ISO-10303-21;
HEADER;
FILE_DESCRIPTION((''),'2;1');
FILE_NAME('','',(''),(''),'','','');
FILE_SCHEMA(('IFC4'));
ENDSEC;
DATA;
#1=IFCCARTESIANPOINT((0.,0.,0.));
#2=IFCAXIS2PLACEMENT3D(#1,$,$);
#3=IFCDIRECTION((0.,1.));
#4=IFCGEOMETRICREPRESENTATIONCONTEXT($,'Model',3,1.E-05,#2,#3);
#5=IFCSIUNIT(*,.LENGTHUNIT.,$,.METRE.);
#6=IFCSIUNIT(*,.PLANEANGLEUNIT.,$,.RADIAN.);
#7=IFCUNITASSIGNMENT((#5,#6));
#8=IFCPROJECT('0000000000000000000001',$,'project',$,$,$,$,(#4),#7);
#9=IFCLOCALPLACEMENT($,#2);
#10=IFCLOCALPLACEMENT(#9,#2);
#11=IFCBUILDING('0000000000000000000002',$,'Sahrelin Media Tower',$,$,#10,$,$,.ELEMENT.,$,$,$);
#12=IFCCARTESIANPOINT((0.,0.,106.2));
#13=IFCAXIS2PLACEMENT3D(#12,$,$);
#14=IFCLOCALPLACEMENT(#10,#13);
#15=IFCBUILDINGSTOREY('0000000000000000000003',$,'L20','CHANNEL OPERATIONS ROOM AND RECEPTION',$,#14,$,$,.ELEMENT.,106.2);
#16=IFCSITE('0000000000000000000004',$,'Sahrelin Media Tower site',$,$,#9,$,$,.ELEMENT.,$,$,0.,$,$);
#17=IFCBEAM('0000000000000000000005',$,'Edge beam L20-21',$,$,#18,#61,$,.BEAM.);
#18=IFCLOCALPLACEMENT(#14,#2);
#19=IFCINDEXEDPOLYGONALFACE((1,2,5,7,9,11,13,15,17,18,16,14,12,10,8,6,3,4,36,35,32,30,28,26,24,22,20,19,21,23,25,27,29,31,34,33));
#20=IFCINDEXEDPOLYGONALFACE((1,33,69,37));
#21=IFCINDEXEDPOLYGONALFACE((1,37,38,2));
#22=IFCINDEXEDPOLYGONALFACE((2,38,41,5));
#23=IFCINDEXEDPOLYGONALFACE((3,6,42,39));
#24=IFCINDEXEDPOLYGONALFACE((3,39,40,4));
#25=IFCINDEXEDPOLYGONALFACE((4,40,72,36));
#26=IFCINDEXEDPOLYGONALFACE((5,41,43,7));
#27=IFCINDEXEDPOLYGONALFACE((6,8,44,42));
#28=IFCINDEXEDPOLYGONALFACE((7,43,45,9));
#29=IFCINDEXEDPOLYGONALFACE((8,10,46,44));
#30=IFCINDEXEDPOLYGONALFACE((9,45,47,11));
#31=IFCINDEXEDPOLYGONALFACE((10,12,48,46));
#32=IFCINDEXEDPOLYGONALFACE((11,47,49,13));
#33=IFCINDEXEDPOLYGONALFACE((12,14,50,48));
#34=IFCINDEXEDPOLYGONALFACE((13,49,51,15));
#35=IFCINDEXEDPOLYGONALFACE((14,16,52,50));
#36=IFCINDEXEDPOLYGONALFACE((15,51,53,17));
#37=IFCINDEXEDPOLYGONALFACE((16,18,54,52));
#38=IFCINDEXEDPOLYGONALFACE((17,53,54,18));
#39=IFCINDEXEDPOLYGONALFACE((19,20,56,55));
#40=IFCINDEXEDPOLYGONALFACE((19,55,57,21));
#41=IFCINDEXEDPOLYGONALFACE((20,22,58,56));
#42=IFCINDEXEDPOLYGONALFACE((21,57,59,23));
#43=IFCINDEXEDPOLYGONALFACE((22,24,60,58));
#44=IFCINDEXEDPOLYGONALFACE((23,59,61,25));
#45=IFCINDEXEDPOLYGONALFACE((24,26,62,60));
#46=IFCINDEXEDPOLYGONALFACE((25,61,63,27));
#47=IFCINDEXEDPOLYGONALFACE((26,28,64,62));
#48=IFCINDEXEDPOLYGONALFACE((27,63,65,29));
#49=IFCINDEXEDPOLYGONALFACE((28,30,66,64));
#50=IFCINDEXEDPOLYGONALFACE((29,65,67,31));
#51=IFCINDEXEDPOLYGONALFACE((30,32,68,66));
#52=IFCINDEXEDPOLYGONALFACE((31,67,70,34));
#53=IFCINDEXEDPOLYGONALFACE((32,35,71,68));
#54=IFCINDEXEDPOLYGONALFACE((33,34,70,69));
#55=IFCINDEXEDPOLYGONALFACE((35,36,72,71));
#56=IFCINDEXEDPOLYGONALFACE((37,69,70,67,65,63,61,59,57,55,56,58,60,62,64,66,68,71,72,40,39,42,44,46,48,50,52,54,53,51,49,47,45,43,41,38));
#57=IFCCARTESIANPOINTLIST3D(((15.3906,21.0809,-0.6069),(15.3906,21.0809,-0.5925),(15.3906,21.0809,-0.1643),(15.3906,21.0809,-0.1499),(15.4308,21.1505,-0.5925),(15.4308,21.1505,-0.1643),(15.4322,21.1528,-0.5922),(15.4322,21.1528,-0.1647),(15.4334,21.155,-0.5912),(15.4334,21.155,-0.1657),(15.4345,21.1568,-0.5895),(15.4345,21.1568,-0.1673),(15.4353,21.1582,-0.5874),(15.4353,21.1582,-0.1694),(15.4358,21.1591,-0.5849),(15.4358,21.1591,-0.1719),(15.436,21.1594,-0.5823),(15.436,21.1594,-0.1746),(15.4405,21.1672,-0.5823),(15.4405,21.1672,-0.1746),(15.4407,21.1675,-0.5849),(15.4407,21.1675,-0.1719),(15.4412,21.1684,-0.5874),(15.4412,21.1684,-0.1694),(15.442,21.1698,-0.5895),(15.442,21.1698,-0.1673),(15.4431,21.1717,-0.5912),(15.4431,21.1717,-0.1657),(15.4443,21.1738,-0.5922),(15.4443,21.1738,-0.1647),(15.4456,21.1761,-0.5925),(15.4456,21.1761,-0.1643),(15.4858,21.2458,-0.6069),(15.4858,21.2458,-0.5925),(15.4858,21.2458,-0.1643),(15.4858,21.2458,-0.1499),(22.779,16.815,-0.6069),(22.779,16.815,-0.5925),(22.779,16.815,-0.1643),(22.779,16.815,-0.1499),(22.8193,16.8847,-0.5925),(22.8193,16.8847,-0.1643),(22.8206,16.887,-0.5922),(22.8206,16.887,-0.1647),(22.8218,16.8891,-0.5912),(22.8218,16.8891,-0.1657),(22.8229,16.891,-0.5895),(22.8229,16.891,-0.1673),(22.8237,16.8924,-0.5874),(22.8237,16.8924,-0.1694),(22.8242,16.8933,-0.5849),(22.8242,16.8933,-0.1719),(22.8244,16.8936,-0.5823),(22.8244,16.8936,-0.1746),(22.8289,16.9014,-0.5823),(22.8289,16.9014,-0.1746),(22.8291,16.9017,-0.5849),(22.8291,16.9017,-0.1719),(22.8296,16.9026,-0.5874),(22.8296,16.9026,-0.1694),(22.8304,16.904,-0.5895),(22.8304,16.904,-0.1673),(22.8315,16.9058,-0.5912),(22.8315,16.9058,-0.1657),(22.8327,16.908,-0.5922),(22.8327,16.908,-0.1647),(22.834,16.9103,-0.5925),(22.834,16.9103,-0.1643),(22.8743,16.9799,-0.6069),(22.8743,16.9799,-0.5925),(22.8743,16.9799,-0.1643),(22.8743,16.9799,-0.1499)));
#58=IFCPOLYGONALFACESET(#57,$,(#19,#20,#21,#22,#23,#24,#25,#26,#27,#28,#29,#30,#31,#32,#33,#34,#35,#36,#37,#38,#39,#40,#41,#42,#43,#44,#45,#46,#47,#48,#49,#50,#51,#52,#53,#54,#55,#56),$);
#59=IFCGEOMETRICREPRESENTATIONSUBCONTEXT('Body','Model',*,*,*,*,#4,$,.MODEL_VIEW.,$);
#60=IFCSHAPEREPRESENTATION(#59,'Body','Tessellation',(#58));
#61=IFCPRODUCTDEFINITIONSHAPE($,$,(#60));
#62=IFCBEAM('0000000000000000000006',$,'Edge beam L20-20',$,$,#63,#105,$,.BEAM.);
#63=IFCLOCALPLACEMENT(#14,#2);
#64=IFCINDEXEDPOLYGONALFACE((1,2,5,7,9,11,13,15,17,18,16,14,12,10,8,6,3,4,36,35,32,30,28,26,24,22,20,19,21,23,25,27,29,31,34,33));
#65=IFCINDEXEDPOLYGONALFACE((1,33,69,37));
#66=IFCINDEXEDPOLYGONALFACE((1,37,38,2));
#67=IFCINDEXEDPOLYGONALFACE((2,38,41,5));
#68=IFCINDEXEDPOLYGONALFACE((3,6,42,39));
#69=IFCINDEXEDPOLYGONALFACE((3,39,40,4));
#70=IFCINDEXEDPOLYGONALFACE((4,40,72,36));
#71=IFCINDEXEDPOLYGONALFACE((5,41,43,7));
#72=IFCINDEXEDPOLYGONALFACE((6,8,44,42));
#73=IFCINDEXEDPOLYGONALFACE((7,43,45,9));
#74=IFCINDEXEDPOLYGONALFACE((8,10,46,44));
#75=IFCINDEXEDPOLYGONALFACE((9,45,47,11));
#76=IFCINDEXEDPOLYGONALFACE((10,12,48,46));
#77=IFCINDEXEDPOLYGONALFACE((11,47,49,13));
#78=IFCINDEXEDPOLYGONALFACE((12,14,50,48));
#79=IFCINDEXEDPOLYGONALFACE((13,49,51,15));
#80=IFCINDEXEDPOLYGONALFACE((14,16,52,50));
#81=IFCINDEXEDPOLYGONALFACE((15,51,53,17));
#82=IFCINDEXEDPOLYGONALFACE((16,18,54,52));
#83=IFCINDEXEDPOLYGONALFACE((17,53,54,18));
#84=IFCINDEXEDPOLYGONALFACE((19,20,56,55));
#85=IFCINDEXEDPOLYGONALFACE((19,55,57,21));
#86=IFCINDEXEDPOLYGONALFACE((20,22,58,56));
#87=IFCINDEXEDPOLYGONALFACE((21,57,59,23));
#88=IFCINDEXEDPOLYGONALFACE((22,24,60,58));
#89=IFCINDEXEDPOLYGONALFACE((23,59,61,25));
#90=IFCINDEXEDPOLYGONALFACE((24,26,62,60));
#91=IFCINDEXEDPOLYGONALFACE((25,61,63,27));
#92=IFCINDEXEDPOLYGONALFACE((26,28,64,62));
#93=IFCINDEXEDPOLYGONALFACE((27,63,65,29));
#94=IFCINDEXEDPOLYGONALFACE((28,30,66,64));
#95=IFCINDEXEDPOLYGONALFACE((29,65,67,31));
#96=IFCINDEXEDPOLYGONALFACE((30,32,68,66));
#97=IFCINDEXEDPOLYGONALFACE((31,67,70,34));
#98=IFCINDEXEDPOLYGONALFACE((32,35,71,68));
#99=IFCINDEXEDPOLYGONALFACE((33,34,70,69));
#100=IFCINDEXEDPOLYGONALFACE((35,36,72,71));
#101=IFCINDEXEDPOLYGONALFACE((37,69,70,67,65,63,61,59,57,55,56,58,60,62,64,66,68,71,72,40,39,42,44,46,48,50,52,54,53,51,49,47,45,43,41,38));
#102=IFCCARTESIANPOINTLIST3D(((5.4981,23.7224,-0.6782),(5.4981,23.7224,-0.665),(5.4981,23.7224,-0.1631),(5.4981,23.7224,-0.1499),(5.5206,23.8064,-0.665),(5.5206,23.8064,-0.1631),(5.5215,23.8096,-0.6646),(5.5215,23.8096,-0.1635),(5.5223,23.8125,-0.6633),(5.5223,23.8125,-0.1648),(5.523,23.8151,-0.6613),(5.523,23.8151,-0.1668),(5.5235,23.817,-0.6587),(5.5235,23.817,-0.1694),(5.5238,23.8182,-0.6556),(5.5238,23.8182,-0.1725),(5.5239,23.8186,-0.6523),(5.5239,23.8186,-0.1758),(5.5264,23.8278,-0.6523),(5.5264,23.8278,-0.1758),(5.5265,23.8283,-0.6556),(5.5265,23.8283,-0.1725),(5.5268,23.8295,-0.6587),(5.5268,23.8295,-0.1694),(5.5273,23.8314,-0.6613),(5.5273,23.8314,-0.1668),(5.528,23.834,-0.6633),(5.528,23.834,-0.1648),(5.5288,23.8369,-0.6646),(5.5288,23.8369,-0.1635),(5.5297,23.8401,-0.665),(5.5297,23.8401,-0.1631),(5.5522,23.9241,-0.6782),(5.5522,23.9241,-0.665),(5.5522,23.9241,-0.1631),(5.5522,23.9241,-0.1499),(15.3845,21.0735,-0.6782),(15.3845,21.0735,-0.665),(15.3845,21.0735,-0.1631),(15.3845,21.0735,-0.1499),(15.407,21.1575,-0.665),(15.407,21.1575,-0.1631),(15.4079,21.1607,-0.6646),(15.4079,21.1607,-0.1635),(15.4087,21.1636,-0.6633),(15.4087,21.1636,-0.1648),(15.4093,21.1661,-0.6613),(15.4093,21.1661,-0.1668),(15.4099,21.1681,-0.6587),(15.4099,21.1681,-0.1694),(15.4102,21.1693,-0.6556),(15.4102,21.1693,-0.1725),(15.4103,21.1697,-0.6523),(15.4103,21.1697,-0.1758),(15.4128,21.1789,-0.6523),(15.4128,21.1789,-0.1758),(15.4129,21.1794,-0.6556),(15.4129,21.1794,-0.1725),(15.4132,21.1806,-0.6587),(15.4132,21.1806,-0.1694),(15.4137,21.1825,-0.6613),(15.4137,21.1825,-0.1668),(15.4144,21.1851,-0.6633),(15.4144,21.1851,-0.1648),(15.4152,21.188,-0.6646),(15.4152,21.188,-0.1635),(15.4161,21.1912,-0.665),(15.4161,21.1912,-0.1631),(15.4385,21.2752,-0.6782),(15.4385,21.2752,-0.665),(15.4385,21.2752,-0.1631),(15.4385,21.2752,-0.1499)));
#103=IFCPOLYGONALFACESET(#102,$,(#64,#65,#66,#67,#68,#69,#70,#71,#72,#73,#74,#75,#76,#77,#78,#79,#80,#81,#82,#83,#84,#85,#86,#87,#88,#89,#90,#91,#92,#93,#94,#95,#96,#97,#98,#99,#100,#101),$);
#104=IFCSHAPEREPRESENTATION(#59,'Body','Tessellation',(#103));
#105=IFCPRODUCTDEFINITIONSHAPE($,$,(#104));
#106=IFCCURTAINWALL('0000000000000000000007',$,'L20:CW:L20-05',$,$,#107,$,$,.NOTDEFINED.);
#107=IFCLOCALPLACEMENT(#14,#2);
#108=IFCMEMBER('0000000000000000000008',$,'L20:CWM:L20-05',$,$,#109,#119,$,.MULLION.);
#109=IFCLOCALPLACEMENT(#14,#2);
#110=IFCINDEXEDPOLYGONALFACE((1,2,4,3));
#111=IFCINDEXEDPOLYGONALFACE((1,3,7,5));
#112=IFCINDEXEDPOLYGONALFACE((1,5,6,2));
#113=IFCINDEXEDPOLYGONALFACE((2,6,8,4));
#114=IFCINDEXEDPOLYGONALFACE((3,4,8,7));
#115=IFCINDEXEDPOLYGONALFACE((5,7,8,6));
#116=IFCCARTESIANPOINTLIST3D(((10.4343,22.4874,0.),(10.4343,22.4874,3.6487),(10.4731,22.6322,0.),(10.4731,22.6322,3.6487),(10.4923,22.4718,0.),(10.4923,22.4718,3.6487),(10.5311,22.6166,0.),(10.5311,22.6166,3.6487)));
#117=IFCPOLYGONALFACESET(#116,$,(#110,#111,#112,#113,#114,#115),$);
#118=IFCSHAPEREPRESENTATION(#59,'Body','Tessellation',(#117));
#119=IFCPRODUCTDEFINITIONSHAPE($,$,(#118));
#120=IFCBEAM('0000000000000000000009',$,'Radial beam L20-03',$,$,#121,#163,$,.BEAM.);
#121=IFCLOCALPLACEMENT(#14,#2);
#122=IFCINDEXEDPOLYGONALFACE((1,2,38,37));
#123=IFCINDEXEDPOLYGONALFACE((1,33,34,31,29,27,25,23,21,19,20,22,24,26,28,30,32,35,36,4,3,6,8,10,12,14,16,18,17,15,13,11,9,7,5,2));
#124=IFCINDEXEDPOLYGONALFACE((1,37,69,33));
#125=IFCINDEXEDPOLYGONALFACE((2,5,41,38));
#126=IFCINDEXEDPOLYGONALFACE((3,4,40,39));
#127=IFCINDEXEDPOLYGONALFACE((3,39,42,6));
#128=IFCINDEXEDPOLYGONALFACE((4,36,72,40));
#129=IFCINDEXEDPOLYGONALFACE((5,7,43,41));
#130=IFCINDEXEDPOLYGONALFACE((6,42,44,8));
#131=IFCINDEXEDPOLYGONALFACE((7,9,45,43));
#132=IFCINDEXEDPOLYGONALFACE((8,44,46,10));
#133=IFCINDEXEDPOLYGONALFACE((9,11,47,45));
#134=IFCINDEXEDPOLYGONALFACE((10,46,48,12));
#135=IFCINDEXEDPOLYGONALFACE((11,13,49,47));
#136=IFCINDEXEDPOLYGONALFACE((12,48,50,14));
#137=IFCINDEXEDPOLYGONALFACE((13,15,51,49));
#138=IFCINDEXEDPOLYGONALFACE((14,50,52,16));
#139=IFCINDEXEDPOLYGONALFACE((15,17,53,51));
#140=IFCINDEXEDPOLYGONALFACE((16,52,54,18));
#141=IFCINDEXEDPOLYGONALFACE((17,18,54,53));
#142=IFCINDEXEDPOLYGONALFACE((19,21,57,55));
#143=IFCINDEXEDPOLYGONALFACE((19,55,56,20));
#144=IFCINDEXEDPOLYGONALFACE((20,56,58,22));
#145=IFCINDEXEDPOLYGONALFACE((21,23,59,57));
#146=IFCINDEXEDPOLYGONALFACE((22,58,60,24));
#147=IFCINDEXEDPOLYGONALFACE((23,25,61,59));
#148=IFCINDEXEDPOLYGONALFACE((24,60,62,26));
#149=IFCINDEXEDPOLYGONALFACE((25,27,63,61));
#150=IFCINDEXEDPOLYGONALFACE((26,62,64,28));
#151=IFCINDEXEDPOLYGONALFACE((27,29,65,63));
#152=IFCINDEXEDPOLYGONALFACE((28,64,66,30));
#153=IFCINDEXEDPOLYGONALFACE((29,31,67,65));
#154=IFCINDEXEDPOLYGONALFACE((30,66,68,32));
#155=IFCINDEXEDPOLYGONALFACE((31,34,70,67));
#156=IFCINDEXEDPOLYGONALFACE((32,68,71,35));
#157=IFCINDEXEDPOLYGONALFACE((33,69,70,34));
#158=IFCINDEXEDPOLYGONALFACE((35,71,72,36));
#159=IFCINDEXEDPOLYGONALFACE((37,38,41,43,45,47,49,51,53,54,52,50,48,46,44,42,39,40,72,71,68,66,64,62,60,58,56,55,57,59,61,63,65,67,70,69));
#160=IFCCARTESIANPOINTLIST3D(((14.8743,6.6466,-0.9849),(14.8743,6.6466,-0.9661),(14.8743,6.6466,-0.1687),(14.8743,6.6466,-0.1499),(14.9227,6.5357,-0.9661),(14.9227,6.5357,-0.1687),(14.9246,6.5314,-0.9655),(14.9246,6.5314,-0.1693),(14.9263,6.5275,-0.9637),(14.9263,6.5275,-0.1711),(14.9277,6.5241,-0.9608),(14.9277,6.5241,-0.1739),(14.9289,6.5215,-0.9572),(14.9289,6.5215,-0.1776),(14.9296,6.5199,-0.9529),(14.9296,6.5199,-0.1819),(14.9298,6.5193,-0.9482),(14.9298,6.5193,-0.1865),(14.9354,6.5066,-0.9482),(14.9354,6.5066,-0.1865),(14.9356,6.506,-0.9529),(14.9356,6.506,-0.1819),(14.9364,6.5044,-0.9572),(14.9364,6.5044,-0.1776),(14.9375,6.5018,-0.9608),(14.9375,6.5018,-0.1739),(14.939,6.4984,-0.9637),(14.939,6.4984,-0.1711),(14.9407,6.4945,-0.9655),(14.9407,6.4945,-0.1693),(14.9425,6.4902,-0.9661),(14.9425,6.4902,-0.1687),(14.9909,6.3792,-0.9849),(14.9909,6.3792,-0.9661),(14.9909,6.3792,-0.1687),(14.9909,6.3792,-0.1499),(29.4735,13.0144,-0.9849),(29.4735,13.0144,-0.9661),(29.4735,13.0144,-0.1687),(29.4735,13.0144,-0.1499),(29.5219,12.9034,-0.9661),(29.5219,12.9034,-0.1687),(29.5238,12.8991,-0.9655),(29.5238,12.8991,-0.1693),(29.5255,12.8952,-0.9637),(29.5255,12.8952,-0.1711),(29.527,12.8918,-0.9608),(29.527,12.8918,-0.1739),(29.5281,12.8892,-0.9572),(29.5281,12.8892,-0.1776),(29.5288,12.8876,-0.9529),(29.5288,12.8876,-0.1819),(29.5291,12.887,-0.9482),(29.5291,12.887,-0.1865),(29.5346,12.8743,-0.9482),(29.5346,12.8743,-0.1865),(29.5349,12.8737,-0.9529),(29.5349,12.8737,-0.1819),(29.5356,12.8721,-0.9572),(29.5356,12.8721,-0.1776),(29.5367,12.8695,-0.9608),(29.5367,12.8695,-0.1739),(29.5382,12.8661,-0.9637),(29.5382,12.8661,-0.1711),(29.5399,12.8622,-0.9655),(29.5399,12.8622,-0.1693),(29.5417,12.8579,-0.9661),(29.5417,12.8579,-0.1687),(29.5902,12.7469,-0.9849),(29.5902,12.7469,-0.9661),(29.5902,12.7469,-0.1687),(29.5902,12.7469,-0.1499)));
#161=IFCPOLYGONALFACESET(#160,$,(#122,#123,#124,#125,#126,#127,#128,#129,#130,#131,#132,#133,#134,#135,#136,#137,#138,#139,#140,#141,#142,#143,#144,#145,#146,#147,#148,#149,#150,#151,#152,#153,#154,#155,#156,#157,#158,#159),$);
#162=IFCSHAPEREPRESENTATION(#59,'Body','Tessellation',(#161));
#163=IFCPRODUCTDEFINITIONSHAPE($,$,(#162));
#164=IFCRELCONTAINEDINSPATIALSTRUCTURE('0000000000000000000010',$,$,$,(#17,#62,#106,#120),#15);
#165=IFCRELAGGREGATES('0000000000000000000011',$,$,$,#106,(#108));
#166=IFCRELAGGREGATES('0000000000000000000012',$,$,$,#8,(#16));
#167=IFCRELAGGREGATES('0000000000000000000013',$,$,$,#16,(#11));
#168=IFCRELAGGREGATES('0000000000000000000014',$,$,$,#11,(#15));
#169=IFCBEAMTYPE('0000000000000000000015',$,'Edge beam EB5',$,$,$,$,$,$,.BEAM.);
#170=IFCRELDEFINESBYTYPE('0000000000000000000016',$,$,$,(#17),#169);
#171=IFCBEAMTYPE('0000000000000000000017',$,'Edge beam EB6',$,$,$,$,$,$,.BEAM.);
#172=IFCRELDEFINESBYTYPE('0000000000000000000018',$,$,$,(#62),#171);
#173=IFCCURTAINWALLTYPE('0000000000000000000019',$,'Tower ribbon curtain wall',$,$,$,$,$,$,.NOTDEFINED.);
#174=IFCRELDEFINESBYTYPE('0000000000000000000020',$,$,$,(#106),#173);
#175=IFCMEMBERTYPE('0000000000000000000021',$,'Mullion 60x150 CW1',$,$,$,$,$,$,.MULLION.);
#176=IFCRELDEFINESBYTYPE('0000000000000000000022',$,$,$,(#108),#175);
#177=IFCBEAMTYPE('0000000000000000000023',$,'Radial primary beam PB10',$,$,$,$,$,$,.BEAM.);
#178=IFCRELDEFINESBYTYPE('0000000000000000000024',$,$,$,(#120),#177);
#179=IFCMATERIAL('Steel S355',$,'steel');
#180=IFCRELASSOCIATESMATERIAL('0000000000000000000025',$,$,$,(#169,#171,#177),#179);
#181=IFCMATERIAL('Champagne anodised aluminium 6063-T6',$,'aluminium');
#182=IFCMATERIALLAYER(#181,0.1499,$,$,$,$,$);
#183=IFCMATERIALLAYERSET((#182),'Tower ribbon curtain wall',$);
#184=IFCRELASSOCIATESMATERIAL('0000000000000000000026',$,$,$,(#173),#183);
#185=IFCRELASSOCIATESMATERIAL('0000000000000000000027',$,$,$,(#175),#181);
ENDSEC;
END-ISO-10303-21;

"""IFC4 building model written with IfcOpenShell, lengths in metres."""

from ifc_helpers import new_model, si_unit, direction, frame, origin, origin_2d, place, context, subcontext, project, spatial, rectangle, i_section, extrude, material, layer, layer_set, material_profile, profile_set, type_object, element, aggregate, save


model = new_model("IFC4")

# Units and contexts
model_context = context("Model", 3, precision=1e-05, world=origin(), true_north=direction((0.0, 1.0)))
body_context = subcontext(model_context, "Body", "Model", "MODEL_VIEW")
ifc_project = project(units=[si_unit("LENGTHUNIT", "METRE"), si_unit("PLANEANGLEUNIT", "RADIAN")], contexts=[model_context])

# Site, building, storey
site_placement = place(None, origin())
site = spatial("IfcSite", under=ifc_project, at=site_placement, Name="Sahrelin Media Tower site", CompositionType="ELEMENT", RefElevation=0.0)
building_placement = place(site_placement, origin())
building = spatial("IfcBuilding", under=site, at=building_placement, Name="Sahrelin Media Tower", CompositionType="ELEMENT")
storey_placement = place(building_placement, frame((0.0, 0.0, 106.2)))
storey = spatial("IfcBuildingStorey", under=building, at=storey_placement, Name="L20", Description="CHANNEL OPERATIONS ROOM AND RECEPTION", CompositionType="ELEMENT", Elevation=106.2)

# Beams
ifc_material_1 = material(Name="Steel S355", Category="steel")
ifc_material_profile_1 = material_profile(ifc_material_1, i_section(OverallWidth=0.1904, OverallDepth=0.457, WebThickness=0.009, FlangeThickness=0.0144, FilletRadius=0.0103, at=origin_2d()), Name="UB 457x191x74")
ifc_profile_set_1 = profile_set([ifc_material_profile_1], Name="Steel S355")
beam_type_1 = type_object("IfcBeamType", Name="Edge beam EB5", PredefinedType="BEAM", material=ifc_profile_set_1)
beam_1_placement = place(storey_placement, frame((15.4382, 21.1633, -0.3784), z_axis=(0.866017, -0.500014, 0.0), x_axis=(0.500014, 0.866017, 0.0)))
element("IfcBeam", 1, at=beam_1_placement, inside=storey, type_object=beam_type_1, Name="Edge beam L20-21", PredefinedType="BEAM", context=body_context, shape_type="SweptSolid", body=[
    extrude(i_section(OverallWidth=0.1904, OverallDepth=0.457, WebThickness=0.009, FlangeThickness=0.0144, FilletRadius=0.0103, at=origin_2d()), origin(), (0.0, 0.0, 1.0), 8.5315),
])
ifc_material_profile_2 = material_profile(ifc_material_1, i_section(OverallWidth=0.2087, OverallDepth=0.5283, WebThickness=0.0095, FlangeThickness=0.0132, FilletRadius=0.0127, at=origin_2d()), Name="UB 533x210x82")
ifc_profile_set_2 = profile_set([ifc_material_profile_2], Name="Steel S355")
beam_type_2 = type_object("IfcBeamType", Name="Edge beam EB6", PredefinedType="BEAM", material=ifc_profile_set_2)
beam_2_placement = place(storey_placement, frame((5.5251, 23.8232, -0.4141), z_axis=(0.965929, -0.258806, 0.0), x_axis=(0.258806, 0.965929, 0.0)))
element("IfcBeam", 2, at=beam_2_placement, inside=storey, type_object=beam_type_2, Name="Edge beam L20-20", PredefinedType="BEAM", context=body_context, shape_type="SweptSolid", body=[
    extrude(i_section(OverallWidth=0.2087, OverallDepth=0.5283, WebThickness=0.0095, FlangeThickness=0.0132, FilletRadius=0.0127, at=origin_2d()), origin(), (0.0, 0.0, 1.0), 10.2351),
])

# Curtain wall, member
ifc_material_2 = material(Name="Champagne anodised aluminium 6063-T6", Category="aluminium")
ifc_layer_1 = layer(ifc_material_2, 0.1499)
ifc_layer_set_1 = layer_set([ifc_layer_1], Name="Tower ribbon curtain wall")
curtain_wall_type = type_object("IfcCurtainWallType", Name="Tower ribbon curtain wall", PredefinedType="NOTDEFINED", material=ifc_layer_set_1)
curtain_wall_1_placement = place(storey_placement, frame((10.5073, 22.6438, 0.0), z_axis=(0.0, 0.0, 1.0), x_axis=(1.0, 0.0, 0.0)))
curtain_wall_1 = element("IfcCurtainWall", 3, at=curtain_wall_1_placement, inside=storey, type_object=curtain_wall_type, Name="L20:CW:L20-05", PredefinedType="NOTDEFINED")
ifc_material_profile_3 = material_profile(ifc_material_2, rectangle(XDim=0.0601, YDim=0.1499, at=origin_2d()), Name="Mullion 60x150")
ifc_profile_set_3 = profile_set([ifc_material_profile_3], Name="Champagne anodised aluminium 6063-T6")
member_type_1 = type_object("IfcMemberType", Name="Mullion 60x150 CW1", PredefinedType="MULLION", material=ifc_profile_set_3)
member_1_placement = place(storey_placement, frame((10.4827, 22.552, 0.0), z_axis=(0.0, 0.0, 1.0), x_axis=(-0.965926, 0.258817, 0.0)))
member_1 = element("IfcMember", 4, at=member_1_placement, type_object=member_type_1, Name="L20:CWM:L20-05", PredefinedType="MULLION", context=body_context, shape_type="SweptSolid", body=[
    extrude(rectangle(XDim=0.0601, YDim=0.1499, at=origin_2d()), origin(), (0.0, 0.0, 1.0), 3.6487),
])

# Beam
ifc_material_profile_4 = material_profile(ifc_material_1, i_section(OverallWidth=0.2917, OverallDepth=0.835, WebThickness=0.0139, FlangeThickness=0.0188, FilletRadius=0.0178, at=origin_2d()), Name="UB 838x292x176")
ifc_profile_set_4 = profile_set([ifc_material_profile_4], Name="Steel S355")
beam_type_3 = type_object("IfcBeamType", Name="Radial primary beam PB10", PredefinedType="BEAM", material=ifc_profile_set_4)
beam_3_placement = place(storey_placement, frame((14.9326, 6.5129, -0.5674), z_axis=(0.916605, 0.399794, 0.0), x_axis=(-0.399794, 0.916605, 0.0)))
element("IfcBeam", 5, at=beam_3_placement, inside=storey, type_object=beam_type_3, Name="Radial beam L20-03", PredefinedType="BEAM", context=body_context, shape_type="SweptSolid", body=[
    extrude(i_section(OverallWidth=0.2917, OverallDepth=0.835, WebThickness=0.0139, FlangeThickness=0.0188, FilletRadius=0.0178, at=origin_2d()), origin(), (0.0, 0.0, 1.0), 15.9275),
])

aggregate(curtain_wall_1, [member_1])

save(model, "model.ifc")
